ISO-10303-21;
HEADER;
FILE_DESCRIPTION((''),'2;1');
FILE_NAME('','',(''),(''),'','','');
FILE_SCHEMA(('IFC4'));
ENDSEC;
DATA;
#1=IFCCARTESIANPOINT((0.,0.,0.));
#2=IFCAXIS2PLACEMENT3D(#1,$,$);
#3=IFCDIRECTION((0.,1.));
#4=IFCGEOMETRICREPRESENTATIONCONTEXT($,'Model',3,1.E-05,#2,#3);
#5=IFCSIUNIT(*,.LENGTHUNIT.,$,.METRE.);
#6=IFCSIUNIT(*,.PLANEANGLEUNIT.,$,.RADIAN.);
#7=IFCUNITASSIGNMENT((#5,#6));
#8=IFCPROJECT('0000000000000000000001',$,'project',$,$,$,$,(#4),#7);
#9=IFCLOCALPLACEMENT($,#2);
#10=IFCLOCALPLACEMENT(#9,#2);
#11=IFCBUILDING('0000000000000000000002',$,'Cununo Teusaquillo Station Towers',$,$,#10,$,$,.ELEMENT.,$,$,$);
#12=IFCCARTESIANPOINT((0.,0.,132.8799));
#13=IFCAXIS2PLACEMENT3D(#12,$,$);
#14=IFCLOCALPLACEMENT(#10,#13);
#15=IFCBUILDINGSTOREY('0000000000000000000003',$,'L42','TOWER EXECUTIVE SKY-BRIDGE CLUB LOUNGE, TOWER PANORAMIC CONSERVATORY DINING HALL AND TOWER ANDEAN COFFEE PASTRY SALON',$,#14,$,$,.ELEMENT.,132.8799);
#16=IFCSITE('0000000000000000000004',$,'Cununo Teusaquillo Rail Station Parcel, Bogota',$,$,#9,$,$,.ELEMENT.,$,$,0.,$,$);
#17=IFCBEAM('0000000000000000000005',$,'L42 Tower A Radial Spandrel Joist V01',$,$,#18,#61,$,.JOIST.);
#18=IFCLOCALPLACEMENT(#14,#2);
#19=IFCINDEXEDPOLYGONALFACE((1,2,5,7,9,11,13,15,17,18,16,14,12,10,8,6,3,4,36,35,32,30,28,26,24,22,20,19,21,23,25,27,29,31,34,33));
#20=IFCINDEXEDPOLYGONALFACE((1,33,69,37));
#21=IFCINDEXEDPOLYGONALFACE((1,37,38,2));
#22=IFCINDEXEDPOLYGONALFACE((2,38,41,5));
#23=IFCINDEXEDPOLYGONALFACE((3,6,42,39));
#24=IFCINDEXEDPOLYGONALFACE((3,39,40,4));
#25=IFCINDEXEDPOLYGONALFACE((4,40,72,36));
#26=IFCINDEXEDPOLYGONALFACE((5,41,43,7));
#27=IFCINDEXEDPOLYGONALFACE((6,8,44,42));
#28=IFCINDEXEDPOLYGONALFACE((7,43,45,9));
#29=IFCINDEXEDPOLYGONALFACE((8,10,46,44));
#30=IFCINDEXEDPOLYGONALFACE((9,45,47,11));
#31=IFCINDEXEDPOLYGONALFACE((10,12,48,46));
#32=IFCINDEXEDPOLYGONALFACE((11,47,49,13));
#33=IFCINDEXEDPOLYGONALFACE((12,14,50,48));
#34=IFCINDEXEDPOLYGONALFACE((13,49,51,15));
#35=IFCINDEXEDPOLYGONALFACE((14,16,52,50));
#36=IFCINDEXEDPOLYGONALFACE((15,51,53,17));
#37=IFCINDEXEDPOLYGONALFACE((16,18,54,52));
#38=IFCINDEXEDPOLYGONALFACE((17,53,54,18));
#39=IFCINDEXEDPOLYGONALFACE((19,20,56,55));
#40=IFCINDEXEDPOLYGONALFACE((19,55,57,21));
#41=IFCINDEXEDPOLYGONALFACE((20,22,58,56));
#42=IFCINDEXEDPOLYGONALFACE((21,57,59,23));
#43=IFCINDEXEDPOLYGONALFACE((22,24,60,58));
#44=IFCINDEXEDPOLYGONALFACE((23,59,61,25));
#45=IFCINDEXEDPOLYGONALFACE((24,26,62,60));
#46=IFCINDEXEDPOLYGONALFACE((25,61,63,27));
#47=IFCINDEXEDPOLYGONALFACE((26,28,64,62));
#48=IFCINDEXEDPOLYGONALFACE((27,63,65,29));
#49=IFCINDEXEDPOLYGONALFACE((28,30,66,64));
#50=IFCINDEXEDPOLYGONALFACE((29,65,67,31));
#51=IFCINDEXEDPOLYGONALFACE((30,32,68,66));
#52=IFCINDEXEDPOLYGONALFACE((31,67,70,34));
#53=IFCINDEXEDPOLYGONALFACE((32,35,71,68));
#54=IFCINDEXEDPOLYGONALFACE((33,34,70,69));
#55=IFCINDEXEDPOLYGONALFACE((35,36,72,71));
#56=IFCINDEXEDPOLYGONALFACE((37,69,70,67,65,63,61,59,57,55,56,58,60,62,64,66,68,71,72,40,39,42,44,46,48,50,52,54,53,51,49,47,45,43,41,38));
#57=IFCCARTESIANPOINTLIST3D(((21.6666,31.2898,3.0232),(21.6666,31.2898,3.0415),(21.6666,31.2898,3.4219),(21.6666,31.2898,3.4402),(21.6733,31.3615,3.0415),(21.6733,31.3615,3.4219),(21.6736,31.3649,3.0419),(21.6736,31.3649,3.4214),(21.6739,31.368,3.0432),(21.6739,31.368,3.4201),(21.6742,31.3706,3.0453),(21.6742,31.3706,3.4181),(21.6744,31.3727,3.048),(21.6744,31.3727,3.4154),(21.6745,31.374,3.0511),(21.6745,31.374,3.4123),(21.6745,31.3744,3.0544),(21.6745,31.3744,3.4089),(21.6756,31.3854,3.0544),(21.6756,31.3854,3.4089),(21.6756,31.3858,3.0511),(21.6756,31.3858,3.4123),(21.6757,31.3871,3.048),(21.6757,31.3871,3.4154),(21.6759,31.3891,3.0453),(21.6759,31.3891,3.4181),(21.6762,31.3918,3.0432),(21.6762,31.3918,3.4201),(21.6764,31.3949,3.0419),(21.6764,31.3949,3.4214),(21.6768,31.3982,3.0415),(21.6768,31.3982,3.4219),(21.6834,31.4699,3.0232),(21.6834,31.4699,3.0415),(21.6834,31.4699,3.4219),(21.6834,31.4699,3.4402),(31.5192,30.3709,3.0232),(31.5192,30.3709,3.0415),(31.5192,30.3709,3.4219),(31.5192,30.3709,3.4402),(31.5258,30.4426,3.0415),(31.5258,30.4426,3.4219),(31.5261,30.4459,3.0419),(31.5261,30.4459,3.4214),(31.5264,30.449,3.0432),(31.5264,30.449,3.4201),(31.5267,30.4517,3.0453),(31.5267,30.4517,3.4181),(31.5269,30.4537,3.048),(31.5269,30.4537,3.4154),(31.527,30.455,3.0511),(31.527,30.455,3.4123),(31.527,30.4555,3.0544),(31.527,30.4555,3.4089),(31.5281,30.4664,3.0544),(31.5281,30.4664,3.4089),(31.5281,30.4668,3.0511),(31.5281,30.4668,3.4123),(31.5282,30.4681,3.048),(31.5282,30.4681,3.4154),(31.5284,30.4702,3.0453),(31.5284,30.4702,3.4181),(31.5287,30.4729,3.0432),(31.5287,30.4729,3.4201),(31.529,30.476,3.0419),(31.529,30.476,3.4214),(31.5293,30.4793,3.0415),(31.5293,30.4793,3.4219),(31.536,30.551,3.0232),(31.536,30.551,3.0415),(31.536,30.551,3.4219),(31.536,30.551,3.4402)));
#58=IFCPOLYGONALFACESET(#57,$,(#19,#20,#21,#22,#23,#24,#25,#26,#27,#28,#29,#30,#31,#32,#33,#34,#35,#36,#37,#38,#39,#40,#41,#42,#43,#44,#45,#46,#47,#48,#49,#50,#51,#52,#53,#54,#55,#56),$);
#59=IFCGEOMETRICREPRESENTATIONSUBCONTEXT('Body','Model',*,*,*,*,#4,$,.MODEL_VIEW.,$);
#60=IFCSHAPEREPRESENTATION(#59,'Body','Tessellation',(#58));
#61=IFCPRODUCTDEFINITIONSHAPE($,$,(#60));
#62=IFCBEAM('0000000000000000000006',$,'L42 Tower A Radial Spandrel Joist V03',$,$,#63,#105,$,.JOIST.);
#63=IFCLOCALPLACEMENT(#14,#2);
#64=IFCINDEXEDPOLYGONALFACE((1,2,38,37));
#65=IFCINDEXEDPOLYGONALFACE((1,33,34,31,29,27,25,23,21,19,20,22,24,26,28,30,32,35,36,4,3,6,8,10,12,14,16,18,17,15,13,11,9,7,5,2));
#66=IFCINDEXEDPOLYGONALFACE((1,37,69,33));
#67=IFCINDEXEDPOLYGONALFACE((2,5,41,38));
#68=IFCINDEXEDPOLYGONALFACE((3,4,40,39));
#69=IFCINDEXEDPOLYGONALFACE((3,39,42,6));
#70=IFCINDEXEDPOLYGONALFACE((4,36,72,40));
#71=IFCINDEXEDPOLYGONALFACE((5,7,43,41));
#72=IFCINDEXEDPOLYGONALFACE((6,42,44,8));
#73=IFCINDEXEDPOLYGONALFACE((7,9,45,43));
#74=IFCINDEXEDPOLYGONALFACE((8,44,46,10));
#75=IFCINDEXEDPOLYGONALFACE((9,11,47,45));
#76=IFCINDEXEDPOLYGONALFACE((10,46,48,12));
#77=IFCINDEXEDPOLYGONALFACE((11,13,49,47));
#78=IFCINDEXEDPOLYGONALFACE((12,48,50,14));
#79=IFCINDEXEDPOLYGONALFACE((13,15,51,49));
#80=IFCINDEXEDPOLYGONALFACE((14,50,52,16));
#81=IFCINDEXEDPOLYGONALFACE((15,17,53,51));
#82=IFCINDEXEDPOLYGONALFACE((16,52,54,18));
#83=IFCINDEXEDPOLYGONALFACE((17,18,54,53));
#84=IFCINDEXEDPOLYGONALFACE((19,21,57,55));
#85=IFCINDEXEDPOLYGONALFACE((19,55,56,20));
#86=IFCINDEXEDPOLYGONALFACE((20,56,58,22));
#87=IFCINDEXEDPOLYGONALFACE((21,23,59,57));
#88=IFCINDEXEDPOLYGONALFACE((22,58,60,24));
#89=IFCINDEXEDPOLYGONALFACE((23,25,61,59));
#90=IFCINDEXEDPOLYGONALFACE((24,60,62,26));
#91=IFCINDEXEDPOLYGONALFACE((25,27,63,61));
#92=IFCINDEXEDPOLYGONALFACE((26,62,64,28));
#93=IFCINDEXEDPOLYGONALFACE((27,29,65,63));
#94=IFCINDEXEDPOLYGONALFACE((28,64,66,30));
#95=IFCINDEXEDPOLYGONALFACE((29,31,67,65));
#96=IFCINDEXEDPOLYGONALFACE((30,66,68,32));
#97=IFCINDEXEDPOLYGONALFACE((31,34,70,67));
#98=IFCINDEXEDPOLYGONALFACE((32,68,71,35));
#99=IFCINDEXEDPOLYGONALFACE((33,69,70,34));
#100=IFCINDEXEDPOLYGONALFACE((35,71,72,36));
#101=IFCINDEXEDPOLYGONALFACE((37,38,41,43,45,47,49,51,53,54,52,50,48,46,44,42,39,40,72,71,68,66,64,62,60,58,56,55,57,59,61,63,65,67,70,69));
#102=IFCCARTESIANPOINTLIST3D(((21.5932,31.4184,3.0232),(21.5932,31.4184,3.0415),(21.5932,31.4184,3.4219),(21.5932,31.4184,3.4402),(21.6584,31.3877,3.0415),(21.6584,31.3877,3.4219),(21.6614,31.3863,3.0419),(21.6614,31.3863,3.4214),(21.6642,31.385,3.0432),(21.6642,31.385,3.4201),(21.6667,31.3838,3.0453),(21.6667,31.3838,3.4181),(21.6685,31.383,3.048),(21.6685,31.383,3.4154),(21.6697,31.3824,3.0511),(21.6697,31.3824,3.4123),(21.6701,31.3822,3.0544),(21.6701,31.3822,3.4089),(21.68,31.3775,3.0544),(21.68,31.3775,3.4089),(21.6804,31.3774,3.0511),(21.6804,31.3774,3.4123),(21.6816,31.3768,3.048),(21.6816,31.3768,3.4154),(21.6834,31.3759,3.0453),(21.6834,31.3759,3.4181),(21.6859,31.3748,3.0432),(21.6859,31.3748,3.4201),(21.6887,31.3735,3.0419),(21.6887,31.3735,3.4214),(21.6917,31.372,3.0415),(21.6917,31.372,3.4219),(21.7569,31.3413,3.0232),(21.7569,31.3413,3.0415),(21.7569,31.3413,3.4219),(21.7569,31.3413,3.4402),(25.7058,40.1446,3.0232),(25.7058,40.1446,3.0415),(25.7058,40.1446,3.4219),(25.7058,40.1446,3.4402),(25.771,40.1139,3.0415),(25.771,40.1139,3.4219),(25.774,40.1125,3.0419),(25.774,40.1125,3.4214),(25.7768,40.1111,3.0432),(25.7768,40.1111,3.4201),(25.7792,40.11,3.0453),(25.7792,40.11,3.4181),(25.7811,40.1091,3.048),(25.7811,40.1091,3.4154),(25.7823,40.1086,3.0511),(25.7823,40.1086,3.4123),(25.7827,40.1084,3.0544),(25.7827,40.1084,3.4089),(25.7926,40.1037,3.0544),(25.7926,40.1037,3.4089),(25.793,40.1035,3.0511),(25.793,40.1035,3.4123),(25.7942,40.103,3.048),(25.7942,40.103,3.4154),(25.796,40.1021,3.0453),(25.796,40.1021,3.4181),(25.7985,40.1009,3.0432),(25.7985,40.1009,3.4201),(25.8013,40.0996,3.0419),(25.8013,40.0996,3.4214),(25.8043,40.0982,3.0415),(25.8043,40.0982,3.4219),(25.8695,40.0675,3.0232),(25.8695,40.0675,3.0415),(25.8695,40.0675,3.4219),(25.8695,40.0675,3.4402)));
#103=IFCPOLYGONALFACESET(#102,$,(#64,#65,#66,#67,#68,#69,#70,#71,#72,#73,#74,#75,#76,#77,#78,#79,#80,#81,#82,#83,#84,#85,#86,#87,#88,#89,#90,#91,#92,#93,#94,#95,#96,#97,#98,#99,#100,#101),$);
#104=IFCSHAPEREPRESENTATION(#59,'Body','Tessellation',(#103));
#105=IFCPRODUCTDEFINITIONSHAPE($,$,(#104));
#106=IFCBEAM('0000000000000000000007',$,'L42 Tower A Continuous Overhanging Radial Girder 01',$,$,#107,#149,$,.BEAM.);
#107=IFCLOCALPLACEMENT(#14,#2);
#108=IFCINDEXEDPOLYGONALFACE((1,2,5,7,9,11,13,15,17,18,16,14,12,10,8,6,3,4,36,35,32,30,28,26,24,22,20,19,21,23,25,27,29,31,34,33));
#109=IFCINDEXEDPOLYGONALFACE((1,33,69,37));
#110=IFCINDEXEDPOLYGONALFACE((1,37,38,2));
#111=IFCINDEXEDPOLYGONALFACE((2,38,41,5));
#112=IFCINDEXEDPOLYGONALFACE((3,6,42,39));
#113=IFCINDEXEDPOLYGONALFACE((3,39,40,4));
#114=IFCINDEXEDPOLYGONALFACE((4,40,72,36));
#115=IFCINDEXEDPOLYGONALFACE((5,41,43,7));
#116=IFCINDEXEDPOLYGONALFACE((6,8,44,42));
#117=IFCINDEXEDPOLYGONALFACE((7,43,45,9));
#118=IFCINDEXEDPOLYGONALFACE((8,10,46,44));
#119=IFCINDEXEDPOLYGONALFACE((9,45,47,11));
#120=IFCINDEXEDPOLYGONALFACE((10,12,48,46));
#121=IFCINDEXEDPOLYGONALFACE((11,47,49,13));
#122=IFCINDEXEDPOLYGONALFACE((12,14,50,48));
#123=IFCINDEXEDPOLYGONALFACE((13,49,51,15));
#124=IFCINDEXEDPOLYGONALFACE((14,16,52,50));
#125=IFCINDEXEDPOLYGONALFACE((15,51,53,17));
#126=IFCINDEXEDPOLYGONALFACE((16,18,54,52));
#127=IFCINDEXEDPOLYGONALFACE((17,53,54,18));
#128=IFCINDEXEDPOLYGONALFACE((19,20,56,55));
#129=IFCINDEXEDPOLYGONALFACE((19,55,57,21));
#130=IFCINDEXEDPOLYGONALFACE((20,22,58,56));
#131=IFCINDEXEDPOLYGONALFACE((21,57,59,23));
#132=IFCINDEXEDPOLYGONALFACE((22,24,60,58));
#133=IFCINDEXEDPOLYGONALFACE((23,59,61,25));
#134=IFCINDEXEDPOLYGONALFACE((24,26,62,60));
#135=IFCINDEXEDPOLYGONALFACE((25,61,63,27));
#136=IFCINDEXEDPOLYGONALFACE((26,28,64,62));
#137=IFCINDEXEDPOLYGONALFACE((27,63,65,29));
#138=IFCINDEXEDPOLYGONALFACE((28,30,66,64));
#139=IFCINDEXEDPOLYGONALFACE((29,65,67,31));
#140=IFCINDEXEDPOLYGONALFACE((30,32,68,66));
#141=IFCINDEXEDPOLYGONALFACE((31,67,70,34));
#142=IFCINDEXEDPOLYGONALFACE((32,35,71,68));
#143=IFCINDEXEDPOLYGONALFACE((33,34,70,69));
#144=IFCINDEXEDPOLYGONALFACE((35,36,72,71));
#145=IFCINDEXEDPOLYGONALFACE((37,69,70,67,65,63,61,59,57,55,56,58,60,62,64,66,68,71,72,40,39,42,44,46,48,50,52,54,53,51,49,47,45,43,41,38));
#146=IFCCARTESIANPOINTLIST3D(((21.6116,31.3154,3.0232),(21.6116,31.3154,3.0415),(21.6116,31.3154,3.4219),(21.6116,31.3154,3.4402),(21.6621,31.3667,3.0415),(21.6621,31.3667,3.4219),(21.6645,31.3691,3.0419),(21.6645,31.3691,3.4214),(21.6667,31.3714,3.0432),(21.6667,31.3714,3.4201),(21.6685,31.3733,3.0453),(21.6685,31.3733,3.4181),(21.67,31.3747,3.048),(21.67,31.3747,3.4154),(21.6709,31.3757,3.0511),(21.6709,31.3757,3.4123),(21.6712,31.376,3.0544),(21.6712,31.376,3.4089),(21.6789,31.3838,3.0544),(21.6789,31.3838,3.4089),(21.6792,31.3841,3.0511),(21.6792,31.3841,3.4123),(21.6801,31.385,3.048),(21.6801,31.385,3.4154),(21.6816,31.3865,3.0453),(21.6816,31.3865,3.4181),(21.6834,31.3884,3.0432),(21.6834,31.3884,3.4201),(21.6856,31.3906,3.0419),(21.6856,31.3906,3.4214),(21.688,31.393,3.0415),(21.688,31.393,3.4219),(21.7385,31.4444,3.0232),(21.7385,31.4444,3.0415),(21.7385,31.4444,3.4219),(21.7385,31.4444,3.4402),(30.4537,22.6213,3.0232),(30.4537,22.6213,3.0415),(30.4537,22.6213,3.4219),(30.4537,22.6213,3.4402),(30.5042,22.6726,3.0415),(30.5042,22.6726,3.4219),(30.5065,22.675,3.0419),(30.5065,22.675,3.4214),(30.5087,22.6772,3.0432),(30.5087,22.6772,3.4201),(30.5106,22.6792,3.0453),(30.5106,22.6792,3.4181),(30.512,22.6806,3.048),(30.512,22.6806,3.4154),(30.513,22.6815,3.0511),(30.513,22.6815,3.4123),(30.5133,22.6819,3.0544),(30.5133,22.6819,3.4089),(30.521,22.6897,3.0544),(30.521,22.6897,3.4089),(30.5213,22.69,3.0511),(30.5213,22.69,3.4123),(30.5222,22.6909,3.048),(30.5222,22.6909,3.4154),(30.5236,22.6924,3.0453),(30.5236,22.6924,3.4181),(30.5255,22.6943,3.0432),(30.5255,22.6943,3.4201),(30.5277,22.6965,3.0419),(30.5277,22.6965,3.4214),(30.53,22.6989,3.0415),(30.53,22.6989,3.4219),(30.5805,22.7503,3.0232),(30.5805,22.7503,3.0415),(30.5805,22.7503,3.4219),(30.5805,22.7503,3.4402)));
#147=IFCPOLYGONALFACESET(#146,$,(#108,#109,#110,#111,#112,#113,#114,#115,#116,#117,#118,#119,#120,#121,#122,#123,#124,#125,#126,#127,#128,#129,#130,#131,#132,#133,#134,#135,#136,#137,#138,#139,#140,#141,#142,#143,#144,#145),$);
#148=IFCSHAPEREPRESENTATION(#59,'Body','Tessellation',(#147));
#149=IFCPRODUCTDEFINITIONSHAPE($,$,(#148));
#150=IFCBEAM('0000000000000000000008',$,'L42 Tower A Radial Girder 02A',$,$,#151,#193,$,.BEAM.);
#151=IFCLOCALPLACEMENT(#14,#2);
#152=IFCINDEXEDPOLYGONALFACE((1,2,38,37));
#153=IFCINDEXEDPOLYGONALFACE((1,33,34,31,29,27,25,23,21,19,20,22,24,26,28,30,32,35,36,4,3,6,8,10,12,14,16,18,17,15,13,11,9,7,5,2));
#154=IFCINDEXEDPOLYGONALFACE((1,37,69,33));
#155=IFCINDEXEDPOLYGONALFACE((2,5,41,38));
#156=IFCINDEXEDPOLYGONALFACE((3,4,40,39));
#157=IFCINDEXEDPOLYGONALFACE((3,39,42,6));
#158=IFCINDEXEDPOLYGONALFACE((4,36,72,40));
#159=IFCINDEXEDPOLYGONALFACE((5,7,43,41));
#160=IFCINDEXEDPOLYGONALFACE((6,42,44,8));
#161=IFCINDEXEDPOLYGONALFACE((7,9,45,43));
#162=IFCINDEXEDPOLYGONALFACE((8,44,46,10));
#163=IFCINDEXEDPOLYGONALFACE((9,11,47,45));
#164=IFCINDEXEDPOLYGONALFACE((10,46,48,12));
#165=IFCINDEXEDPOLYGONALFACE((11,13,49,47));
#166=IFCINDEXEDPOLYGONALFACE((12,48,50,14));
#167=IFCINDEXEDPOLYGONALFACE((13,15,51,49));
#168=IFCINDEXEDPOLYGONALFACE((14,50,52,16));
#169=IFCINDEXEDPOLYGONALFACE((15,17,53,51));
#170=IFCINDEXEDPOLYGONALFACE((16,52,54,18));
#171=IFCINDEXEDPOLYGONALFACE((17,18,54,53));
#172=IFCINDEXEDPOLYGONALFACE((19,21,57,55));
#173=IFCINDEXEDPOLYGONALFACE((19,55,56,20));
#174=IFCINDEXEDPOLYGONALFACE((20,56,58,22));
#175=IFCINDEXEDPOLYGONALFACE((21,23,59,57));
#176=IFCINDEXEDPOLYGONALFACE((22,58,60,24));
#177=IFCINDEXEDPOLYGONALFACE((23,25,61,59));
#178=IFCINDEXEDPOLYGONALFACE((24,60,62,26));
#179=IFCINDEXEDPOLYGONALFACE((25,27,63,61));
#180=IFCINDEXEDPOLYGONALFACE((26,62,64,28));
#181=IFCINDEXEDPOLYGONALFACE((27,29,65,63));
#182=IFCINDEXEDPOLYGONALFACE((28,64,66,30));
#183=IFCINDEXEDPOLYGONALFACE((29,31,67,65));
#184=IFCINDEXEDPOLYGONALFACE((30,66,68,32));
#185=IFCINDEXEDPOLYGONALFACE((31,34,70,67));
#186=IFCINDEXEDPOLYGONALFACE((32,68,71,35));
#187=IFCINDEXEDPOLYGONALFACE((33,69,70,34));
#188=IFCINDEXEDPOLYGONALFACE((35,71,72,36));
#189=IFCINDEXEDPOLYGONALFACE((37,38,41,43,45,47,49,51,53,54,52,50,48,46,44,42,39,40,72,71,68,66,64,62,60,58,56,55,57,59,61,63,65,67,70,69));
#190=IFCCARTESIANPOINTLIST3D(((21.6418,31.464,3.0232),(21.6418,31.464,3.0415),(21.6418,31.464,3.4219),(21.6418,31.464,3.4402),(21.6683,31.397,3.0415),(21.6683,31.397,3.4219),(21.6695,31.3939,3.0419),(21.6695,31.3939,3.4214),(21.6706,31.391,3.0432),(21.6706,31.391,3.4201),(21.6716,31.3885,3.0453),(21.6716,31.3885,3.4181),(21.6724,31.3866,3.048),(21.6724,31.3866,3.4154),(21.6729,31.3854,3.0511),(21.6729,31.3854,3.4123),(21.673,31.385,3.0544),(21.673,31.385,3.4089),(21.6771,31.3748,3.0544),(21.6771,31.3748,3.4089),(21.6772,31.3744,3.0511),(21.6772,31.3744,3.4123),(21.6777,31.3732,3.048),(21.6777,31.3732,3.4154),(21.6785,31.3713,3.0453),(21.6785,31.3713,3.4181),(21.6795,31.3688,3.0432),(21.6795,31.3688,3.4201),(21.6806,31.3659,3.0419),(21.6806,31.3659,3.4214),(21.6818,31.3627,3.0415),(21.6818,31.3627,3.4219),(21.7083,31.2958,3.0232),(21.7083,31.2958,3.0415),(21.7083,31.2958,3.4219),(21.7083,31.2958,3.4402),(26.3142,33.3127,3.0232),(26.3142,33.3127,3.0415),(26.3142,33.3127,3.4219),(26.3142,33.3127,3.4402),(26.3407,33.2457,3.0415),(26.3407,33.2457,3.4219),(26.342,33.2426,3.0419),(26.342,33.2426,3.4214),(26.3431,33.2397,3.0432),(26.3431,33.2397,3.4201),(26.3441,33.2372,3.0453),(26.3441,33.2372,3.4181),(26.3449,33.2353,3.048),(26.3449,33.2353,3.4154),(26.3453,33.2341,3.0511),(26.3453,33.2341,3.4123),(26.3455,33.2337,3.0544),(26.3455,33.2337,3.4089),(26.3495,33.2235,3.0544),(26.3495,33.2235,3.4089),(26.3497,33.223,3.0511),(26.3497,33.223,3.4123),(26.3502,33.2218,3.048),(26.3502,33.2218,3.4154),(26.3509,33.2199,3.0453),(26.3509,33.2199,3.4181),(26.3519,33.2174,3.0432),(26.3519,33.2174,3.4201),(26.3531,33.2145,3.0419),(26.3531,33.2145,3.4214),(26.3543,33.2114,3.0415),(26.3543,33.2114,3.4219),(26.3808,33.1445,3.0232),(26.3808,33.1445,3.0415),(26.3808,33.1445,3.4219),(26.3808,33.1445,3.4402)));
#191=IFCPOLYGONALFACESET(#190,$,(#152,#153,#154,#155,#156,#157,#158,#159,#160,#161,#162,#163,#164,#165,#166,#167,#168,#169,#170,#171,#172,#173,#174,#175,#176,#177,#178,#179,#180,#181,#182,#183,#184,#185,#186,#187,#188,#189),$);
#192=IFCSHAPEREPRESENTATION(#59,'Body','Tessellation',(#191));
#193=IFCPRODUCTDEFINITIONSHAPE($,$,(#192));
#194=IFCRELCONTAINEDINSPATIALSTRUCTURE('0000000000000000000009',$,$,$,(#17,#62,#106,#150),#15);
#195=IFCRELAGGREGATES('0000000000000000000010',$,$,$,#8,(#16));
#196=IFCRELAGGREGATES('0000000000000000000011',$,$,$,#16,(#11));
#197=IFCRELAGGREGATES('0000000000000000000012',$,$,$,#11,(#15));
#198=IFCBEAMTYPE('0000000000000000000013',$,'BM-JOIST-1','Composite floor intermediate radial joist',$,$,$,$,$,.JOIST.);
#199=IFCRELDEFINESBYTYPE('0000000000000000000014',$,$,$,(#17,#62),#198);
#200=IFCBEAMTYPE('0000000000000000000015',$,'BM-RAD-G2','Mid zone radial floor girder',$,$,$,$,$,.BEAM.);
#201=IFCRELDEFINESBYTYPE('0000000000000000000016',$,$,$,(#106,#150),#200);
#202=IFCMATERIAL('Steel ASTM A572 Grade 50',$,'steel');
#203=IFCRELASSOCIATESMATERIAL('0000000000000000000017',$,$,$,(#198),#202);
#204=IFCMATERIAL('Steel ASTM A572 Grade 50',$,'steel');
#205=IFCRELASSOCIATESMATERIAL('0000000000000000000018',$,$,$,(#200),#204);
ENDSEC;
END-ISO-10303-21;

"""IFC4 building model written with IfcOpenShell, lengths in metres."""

from ifc_helpers import new_model, si_unit, direction, frame, origin, origin_2d, place, context, subcontext, project, spatial, i_section, extrude, material, material_profile, profile_set, type_object, element, save


model = new_model("IFC4")

# Units and contexts
model_context = context("Model", 3, precision=1e-05, world=origin(), true_north=direction((0.0, 1.0)))
body_context = subcontext(model_context, "Body", "Model", "MODEL_VIEW")
ifc_project = project(units=[si_unit("LENGTHUNIT", "METRE"), si_unit("PLANEANGLEUNIT", "RADIAN")], contexts=[model_context])

# Site, building, storey
site_placement = place(None, origin())
site = spatial("IfcSite", under=ifc_project, at=site_placement, Name="Cununo Teusaquillo Rail Station Parcel, Bogota", CompositionType="ELEMENT", RefElevation=0.0)
building_placement = place(site_placement, origin())
building = spatial("IfcBuilding", under=site, at=building_placement, Name="Cununo Teusaquillo Station Towers", CompositionType="ELEMENT")
storey_placement = place(building_placement, frame((0.0, 0.0, 132.8799)))
storey = spatial("IfcBuildingStorey", under=building, at=storey_placement, Name="L42", Description="TOWER EXECUTIVE SKY-BRIDGE CLUB LOUNGE, TOWER PANORAMIC CONSERVATORY DINING HALL AND TOWER ANDEAN COFFEE PASTRY SALON", CompositionType="ELEMENT", Elevation=132.8799)

# Beams
ifc_material_1 = material(Name="Steel ASTM A572 Grade 50", Category="steel")
ifc_material_profile_1 = material_profile(ifc_material_1, i_section(OverallWidth=0.1809, OverallDepth=0.417, WebThickness=0.011, FlangeThickness=0.0183, FilletRadius=0.0129, at=origin_2d()), Name="W16X57")
ifc_profile_set_1 = profile_set([ifc_material_profile_1], Name="Steel ASTM A572 Grade 50")
beam_type_1 = type_object("IfcBeamType", Name="BM-JOIST-1", Description="Composite floor intermediate radial joist", PredefinedType="JOIST", material=ifc_profile_set_1)
beam_1_placement = place(storey_placement, frame((21.675, 31.3799, 3.2317), z_axis=(0.995679, -0.092867, 0.0), x_axis=(0.092867, 0.995679, 0.0)))
element("IfcBeam", 1, at=beam_1_placement, inside=storey, type_object=beam_type_1, Name="L42 Tower A Radial Spandrel Joist V01", PredefinedType="JOIST", context=body_context, shape_type="SweptSolid", body=[
    extrude(i_section(OverallWidth=0.1809, OverallDepth=0.417, WebThickness=0.011, FlangeThickness=0.0183, FilletRadius=0.0129, at=origin_2d()), origin(), (0.0, 0.0, 1.0), 9.8953),
])
beam_2_placement = place(storey_placement, frame((21.675, 31.3799, 3.2317), z_axis=(0.42632, 0.904572, 0.0), x_axis=(-0.904572, 0.42632, 0.0)))
element("IfcBeam", 2, at=beam_2_placement, inside=storey, type_object=beam_type_1, Name="L42 Tower A Radial Spandrel Joist V03", PredefinedType="JOIST", context=body_context, shape_type="SweptSolid", body=[
    extrude(i_section(OverallWidth=0.1809, OverallDepth=0.417, WebThickness=0.011, FlangeThickness=0.0183, FilletRadius=0.0129, at=origin_2d()), origin(), (0.0, 0.0, 1.0), 9.6467),
])
ifc_material_2 = material(Name="Steel ASTM A572 Grade 50", Category="steel")
ifc_material_profile_2 = material_profile(ifc_material_2, i_section(OverallWidth=0.1809, OverallDepth=0.417, WebThickness=0.011, FlangeThickness=0.0183, FilletRadius=0.0129, at=origin_2d()), Name="W16X57")
ifc_profile_set_2 = profile_set([ifc_material_profile_2], Name="Steel ASTM A572 Grade 50")
beam_type_2 = type_object("IfcBeamType", Name="BM-RAD-G2", Description="Mid zone radial floor girder", PredefinedType="BEAM", material=ifc_profile_set_2)
beam_3_placement = place(storey_placement, frame((21.675, 31.3799, 3.2317), z_axis=(0.713047, -0.701116, 0.0), x_axis=(0.701116, 0.713047, 0.0)))
element("IfcBeam", 3, at=beam_3_placement, inside=storey, type_object=beam_type_2, Name="L42 Tower A Continuous Overhanging Radial Girder 01", PredefinedType="BEAM", context=body_context, shape_type="SweptSolid", body=[
    extrude(i_section(OverallWidth=0.1809, OverallDepth=0.417, WebThickness=0.011, FlangeThickness=0.0183, FilletRadius=0.0129, at=origin_2d()), origin(), (0.0, 0.0, 1.0), 12.4004),
])
beam_4_placement = place(storey_placement, frame((21.675, 31.3799, 3.2317), z_axis=(0.929864, 0.367903, 0.0), x_axis=(-0.367903, 0.929864, 0.0)))
element("IfcBeam", 4, at=beam_4_placement, inside=storey, type_object=beam_type_2, Name="L42 Tower A Radial Girder 02A", PredefinedType="BEAM", context=body_context, shape_type="SweptSolid", body=[
    extrude(i_section(OverallWidth=0.1809, OverallDepth=0.417, WebThickness=0.011, FlangeThickness=0.0183, FilletRadius=0.0129, at=origin_2d()), origin(), (0.0, 0.0, 1.0), 5.0249),
])

save(model, "model.ifc")
